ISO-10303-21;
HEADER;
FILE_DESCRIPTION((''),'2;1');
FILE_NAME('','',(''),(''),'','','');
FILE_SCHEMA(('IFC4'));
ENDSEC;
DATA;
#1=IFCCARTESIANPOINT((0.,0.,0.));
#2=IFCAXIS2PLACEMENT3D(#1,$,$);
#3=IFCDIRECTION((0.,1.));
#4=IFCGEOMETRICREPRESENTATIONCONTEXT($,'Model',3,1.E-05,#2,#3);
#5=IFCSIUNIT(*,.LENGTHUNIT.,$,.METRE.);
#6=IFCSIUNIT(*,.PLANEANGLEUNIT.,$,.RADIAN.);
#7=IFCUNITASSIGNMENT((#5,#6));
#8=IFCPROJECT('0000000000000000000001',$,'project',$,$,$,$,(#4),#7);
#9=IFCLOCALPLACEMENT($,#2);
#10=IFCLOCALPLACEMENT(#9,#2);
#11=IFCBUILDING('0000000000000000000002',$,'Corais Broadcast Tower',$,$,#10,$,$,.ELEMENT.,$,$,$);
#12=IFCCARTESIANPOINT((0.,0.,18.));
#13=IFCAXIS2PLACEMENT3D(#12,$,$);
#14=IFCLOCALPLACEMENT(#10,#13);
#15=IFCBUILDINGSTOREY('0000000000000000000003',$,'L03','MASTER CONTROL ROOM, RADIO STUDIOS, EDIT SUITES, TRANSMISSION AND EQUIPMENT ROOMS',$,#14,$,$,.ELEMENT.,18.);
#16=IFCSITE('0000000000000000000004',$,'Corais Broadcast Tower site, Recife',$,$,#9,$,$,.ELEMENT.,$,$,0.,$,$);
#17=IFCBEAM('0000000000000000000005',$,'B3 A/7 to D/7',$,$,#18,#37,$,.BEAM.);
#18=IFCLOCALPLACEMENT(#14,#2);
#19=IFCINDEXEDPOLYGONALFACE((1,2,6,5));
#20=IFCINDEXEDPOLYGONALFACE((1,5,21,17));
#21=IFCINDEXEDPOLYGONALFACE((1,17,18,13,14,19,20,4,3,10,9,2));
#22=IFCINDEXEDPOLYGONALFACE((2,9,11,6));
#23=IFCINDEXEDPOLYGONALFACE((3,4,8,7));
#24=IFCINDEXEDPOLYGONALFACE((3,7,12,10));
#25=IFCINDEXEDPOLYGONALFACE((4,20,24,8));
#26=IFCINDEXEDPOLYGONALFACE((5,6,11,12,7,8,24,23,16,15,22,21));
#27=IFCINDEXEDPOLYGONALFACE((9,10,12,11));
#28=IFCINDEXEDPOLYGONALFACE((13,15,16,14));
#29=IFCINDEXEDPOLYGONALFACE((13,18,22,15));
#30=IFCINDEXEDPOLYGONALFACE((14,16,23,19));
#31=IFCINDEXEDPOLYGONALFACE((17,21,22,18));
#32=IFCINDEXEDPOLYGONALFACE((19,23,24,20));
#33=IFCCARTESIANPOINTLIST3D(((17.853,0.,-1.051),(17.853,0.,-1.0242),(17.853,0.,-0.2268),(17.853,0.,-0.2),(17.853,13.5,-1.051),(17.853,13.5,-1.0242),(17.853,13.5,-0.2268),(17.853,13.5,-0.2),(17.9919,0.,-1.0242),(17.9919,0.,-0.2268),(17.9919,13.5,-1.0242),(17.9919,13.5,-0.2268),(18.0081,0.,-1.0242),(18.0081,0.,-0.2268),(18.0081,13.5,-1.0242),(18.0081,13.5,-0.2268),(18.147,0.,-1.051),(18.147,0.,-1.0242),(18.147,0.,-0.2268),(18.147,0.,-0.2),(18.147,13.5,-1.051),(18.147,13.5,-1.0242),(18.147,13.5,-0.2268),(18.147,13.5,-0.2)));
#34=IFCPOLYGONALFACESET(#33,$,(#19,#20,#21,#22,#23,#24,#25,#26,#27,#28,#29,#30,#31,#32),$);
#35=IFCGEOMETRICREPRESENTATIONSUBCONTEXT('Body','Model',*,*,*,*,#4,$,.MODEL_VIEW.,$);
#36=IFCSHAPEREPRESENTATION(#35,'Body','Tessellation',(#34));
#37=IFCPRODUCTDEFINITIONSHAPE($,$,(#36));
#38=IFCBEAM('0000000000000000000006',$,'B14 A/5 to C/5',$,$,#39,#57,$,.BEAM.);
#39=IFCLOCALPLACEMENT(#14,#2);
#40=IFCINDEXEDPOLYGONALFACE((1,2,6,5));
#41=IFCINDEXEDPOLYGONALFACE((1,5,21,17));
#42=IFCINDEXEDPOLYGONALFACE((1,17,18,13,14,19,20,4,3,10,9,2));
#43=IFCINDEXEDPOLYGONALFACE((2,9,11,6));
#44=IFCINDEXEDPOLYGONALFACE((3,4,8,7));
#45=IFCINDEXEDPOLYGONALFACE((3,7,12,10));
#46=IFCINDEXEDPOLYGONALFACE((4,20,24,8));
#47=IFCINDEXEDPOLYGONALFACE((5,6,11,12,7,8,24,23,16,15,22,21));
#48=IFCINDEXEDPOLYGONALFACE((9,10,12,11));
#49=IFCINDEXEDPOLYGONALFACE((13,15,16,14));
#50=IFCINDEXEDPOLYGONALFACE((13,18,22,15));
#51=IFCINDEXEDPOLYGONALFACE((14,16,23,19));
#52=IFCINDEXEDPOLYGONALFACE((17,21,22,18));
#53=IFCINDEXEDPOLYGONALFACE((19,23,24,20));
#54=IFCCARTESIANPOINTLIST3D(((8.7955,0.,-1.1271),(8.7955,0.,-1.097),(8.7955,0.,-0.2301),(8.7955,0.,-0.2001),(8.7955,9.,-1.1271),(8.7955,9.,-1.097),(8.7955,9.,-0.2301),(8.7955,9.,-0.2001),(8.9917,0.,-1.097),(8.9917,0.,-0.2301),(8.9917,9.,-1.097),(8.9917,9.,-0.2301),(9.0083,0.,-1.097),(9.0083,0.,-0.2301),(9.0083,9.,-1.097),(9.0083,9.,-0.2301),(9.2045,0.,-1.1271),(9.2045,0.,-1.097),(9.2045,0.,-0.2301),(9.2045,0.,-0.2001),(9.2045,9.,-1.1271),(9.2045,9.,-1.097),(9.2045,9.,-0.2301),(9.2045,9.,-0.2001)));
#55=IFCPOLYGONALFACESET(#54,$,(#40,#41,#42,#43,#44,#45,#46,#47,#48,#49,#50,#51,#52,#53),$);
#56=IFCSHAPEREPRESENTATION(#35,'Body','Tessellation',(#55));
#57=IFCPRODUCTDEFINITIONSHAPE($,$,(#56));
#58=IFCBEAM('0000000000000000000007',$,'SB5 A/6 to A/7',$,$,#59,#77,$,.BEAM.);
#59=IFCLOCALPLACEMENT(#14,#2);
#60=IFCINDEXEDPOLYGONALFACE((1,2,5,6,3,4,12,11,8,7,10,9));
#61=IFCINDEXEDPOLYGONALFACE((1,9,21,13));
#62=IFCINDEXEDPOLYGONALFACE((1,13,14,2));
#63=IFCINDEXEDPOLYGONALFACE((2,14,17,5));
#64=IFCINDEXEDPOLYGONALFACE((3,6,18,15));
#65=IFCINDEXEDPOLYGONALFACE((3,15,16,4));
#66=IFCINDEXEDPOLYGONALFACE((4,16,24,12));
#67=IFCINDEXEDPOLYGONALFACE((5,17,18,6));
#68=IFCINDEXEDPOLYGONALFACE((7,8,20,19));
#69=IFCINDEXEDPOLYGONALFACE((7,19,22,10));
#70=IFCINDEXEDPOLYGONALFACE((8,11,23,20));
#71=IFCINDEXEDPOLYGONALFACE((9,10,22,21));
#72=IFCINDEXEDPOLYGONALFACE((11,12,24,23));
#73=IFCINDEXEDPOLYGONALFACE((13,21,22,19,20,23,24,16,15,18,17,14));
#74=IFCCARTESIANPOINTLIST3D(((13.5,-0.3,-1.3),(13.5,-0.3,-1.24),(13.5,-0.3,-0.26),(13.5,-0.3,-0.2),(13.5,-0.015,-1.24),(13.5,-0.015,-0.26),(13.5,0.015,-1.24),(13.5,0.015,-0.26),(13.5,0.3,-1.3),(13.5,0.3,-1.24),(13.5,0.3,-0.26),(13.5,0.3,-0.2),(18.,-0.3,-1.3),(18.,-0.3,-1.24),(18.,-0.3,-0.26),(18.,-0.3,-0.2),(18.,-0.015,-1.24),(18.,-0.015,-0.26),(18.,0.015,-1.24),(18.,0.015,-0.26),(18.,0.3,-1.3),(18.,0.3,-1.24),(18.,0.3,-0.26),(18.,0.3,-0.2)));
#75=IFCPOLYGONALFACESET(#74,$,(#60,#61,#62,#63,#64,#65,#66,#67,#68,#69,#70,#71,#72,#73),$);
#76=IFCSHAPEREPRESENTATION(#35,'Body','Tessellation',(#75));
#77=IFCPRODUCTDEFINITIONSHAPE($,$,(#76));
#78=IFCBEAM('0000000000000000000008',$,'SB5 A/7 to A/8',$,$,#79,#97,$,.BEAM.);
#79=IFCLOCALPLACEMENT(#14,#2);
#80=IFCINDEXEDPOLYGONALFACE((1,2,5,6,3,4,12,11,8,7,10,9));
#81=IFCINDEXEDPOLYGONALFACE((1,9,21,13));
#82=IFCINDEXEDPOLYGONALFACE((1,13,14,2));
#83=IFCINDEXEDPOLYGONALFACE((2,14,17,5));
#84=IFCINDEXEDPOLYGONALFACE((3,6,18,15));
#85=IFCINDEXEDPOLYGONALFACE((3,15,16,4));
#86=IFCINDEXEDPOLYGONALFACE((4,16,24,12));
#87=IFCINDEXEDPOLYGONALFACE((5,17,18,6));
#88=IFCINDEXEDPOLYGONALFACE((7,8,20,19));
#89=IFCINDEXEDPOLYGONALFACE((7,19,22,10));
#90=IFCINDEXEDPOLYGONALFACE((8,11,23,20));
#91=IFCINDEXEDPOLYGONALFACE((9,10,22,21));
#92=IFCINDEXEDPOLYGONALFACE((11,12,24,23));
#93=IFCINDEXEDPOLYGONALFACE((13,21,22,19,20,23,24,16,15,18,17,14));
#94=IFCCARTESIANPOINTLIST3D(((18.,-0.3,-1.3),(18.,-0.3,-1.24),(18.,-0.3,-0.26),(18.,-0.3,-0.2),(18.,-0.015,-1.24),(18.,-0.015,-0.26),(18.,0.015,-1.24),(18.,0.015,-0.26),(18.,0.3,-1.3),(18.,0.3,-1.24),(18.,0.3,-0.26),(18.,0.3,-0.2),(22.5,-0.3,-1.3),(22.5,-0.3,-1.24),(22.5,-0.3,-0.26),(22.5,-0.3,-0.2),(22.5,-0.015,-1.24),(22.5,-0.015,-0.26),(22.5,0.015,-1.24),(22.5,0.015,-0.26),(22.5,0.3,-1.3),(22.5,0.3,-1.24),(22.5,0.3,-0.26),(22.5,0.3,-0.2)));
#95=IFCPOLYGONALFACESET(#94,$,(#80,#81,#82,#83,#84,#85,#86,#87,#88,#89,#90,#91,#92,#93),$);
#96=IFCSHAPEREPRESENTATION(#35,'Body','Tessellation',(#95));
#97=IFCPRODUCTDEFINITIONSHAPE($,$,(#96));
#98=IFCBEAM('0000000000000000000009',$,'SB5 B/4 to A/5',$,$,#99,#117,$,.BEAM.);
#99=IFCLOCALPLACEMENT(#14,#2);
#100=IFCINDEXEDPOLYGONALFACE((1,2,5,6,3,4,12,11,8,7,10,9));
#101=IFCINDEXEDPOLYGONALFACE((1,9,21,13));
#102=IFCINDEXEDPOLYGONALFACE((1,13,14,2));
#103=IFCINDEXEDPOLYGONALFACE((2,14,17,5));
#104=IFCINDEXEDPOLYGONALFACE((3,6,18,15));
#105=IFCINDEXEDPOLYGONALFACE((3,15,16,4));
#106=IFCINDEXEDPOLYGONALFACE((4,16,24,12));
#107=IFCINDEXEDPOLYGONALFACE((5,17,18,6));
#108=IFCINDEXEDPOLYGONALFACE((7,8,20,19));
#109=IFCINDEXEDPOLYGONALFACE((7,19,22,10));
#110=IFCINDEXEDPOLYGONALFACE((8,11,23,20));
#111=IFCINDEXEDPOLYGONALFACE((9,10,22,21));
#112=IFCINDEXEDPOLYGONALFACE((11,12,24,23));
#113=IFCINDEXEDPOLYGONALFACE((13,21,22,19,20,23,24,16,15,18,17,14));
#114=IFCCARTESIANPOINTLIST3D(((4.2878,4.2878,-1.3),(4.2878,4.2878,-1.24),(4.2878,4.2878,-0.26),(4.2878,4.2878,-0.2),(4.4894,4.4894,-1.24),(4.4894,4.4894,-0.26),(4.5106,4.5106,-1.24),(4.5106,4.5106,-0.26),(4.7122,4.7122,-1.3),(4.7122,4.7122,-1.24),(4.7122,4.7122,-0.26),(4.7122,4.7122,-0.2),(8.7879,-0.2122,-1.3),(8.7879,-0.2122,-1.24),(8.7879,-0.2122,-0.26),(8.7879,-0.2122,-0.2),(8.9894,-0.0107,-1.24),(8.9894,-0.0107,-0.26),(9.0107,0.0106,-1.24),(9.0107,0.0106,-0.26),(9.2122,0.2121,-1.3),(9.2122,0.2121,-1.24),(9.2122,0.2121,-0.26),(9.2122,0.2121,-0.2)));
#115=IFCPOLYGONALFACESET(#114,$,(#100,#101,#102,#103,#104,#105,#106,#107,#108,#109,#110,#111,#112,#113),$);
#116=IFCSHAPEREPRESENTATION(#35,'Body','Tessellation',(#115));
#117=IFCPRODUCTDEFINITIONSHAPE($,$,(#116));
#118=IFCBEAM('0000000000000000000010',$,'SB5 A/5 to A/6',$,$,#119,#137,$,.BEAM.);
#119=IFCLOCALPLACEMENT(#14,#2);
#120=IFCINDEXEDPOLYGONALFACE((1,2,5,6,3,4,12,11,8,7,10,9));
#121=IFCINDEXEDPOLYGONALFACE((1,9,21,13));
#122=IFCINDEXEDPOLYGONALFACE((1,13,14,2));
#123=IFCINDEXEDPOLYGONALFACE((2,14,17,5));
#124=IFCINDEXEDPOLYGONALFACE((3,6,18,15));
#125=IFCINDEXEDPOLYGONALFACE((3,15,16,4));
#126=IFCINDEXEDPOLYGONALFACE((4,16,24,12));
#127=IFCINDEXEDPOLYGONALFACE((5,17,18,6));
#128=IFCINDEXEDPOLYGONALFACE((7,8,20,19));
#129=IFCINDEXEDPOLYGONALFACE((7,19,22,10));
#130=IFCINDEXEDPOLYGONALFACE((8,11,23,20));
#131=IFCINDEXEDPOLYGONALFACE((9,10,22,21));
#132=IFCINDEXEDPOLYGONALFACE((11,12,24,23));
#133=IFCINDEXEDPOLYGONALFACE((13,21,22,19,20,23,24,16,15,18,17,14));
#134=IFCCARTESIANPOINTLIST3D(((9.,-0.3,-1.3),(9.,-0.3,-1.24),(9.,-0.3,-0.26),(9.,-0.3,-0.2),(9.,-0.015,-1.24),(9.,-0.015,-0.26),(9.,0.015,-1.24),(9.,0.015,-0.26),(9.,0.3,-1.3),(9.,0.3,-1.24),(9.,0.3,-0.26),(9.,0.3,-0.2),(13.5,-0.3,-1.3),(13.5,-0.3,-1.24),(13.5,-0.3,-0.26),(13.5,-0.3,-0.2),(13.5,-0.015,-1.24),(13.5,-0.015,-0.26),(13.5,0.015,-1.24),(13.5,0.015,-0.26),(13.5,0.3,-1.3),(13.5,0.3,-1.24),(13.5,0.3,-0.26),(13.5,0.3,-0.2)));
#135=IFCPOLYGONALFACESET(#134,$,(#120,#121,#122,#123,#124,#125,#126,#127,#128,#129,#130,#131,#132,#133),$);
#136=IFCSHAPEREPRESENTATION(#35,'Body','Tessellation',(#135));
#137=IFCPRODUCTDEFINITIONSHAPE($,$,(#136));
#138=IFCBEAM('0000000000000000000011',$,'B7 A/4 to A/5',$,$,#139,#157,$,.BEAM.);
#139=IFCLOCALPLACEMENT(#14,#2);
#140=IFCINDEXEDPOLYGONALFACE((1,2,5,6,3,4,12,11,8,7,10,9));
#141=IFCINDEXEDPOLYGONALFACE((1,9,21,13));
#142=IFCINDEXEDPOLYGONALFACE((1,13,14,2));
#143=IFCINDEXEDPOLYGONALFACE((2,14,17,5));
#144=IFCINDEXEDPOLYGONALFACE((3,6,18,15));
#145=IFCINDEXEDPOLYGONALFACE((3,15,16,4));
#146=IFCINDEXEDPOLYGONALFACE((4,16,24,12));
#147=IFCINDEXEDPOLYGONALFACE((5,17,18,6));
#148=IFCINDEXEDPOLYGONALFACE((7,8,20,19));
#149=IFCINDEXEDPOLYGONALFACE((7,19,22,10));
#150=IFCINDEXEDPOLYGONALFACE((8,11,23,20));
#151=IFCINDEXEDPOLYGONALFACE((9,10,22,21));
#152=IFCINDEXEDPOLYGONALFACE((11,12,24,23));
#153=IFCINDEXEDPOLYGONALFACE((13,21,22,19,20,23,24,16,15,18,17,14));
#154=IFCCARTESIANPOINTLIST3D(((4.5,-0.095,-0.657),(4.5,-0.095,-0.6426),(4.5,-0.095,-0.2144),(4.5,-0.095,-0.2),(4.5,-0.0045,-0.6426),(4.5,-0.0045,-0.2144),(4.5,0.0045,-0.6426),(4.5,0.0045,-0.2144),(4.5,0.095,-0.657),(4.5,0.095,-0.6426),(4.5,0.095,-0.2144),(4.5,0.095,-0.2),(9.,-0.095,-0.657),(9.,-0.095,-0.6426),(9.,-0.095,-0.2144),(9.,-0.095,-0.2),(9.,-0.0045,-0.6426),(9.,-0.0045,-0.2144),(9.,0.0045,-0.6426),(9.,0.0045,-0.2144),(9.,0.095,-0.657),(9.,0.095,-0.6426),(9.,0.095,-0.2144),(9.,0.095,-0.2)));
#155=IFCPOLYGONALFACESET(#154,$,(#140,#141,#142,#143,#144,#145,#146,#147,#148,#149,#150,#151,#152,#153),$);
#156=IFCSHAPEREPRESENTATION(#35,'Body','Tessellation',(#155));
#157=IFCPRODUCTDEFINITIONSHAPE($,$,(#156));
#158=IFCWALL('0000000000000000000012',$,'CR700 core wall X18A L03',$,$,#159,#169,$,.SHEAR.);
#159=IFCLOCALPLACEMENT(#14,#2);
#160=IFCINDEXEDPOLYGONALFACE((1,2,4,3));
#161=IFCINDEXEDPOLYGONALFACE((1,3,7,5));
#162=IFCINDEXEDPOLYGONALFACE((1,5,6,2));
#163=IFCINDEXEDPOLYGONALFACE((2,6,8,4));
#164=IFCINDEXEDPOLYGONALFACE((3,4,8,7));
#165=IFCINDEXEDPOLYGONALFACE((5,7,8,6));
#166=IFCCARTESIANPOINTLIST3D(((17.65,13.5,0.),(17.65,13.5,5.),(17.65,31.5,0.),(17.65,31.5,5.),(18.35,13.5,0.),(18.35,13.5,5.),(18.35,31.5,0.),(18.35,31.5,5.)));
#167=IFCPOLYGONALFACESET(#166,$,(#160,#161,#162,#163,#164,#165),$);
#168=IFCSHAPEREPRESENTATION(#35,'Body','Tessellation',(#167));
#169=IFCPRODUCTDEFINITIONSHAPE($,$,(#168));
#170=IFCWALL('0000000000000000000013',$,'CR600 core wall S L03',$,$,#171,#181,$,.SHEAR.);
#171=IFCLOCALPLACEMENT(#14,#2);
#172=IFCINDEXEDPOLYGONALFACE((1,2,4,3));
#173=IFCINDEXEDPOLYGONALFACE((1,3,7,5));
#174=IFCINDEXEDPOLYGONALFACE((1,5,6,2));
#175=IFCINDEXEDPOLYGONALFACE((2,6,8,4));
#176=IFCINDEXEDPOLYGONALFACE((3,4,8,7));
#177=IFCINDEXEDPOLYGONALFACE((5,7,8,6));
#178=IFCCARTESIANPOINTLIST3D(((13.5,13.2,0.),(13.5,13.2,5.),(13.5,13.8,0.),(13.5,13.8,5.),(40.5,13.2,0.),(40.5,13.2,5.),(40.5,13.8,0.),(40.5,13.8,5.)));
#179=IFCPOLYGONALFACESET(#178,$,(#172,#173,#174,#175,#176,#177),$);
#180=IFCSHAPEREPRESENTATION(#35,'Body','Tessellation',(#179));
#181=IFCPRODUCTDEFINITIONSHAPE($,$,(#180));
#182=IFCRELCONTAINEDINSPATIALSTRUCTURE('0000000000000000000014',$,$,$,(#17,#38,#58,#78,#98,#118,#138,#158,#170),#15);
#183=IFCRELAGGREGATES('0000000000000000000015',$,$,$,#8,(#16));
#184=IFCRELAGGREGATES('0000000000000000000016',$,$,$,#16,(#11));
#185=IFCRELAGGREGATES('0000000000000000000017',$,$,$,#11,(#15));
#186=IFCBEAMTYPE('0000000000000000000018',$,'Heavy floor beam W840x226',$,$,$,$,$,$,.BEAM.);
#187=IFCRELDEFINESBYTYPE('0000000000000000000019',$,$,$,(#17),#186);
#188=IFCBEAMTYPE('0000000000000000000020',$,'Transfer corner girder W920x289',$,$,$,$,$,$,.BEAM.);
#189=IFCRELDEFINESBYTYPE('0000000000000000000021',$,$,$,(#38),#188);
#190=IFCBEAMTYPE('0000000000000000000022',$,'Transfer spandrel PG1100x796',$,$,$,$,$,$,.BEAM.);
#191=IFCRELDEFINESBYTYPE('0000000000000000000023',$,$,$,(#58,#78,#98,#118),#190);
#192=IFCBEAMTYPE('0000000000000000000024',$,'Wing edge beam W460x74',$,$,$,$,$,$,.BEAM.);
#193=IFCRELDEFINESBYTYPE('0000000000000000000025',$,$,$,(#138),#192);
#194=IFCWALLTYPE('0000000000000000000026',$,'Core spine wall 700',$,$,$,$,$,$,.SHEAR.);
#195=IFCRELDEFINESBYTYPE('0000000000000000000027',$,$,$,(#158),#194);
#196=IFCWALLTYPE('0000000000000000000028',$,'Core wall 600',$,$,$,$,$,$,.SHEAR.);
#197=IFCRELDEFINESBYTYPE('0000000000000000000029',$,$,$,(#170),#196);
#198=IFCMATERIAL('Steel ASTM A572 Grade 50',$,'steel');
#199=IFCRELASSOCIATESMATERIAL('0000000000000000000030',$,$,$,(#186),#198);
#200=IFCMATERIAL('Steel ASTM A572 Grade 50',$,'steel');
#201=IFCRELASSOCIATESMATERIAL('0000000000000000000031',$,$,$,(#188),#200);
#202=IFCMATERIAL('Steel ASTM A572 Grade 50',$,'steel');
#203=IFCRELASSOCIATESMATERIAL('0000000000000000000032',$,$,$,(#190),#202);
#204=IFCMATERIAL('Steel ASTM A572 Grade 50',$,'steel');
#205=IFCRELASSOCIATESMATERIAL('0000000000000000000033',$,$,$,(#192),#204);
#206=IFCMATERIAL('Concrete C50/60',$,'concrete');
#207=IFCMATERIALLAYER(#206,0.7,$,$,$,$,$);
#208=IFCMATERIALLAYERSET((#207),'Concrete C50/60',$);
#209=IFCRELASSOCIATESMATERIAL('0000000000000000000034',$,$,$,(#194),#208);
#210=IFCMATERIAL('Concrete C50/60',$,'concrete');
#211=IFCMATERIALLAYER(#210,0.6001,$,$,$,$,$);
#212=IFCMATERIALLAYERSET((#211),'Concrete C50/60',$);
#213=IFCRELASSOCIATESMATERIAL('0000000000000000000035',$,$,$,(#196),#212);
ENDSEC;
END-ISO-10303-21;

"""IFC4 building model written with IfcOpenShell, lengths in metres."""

from ifc_helpers import new_model, si_unit, direction, frame, frame_2d, origin, origin_2d, place, context, subcontext, project, spatial, rectangle, i_section, extrude, material, layer, layer_set, material_profile, profile_set, type_object, element, save


model = new_model("IFC4")

# Units and contexts
model_context = context("Model", 3, precision=1e-05, world=origin(), true_north=direction((0.0, 1.0)))
body_context = subcontext(model_context, "Body", "Model", "MODEL_VIEW")
ifc_project = project(units=[si_unit("LENGTHUNIT", "METRE"), si_unit("PLANEANGLEUNIT", "RADIAN")], contexts=[model_context])

# Site, building, storey
site_placement = place(None, origin())
site = spatial("IfcSite", under=ifc_project, at=site_placement, Name="Corais Broadcast Tower site, Recife", CompositionType="ELEMENT", RefElevation=0.0)
building_placement = place(site_placement, origin())
building = spatial("IfcBuilding", under=site, at=building_placement, Name="Corais Broadcast Tower", CompositionType="ELEMENT")
storey_placement = place(building_placement, frame((0.0, 0.0, 18.0)))
storey = spatial("IfcBuildingStorey", under=building, at=storey_placement, Name="L03", Description="MASTER CONTROL ROOM, RADIO STUDIOS, EDIT SUITES, TRANSMISSION AND EQUIPMENT ROOMS", CompositionType="ELEMENT", Elevation=18.0)

# Beams
ifc_material_1 = material(Name="Steel ASTM A572 Grade 50", Category="steel")
ifc_material_profile_1 = material_profile(ifc_material_1, i_section(OverallWidth=0.2939, OverallDepth=0.8511, WebThickness=0.0161, FlangeThickness=0.0269, at=origin_2d()), Name="W840x226")
ifc_profile_set_1 = profile_set([ifc_material_profile_1], Name="Steel ASTM A572 Grade 50")
beam_type_1 = type_object("IfcBeamType", Name="Heavy floor beam W840x226", PredefinedType="BEAM", material=ifc_profile_set_1)
for number, where, z_axis, x_axis, name in (
    (1, (18.0, 0.0, -0.6255), (0.0, 1.0, 0.0), (-1.0, 0.0, 0.0), "B3 A/7 to D/7"),
):
    element("IfcBeam", number, at=place(storey_placement, frame(where, z_axis=z_axis, x_axis=x_axis)), inside=storey, type_object=beam_type_1, Name=name, PredefinedType="BEAM", context=body_context, shape_type="SweptSolid", body=[
        extrude(i_section(OverallWidth=0.2939, OverallDepth=0.8511, WebThickness=0.0161, FlangeThickness=0.0269, at=origin_2d()), origin(), (0.0, 0.0, 1.0), 13.5),
    ])
ifc_material_2 = material(Name="Steel ASTM A572 Grade 50", Category="steel")
ifc_material_profile_2 = material_profile(ifc_material_2, i_section(OverallWidth=0.4089, OverallDepth=0.927, WebThickness=0.0166, FlangeThickness=0.03, at=origin_2d()), Name="W920x289")
ifc_profile_set_2 = profile_set([ifc_material_profile_2], Name="Steel ASTM A572 Grade 50")
beam_type_2 = type_object("IfcBeamType", Name="Transfer corner girder W920x289", PredefinedType="BEAM", material=ifc_profile_set_2)
beam_1_placement = place(storey_placement, frame((9.0, 0.0, -0.6636), z_axis=(0.0, 1.0, 0.0), x_axis=(-1.0, 0.0, 0.0)))
element("IfcBeam", 2, at=beam_1_placement, inside=storey, type_object=beam_type_2, Name="B14 A/5 to C/5", PredefinedType="BEAM", context=body_context, shape_type="SweptSolid", body=[
    extrude(i_section(OverallWidth=0.4089, OverallDepth=0.927, WebThickness=0.0166, FlangeThickness=0.03, at=origin_2d()), origin(), (0.0, 0.0, 1.0), 9.0),
])
ifc_material_3 = material(Name="Steel ASTM A572 Grade 50", Category="steel")
ifc_material_profile_3 = material_profile(ifc_material_3, i_section(OverallWidth=0.6001, OverallDepth=1.1001, WebThickness=0.03, FlangeThickness=0.0601, at=origin_2d()), Name="PG1100x796")
ifc_profile_set_3 = profile_set([ifc_material_profile_3], Name="Steel ASTM A572 Grade 50")
beam_type_3 = type_object("IfcBeamType", Name="Transfer spandrel PG1100x796", PredefinedType="BEAM", material=ifc_profile_set_3)
for number, where, z_axis, x_axis, name in (
    (3, (13.5, 0.0, -0.75), (1.0, 0.0, 0.0), (0.0, 1.0, 0.0), "SB5 A/6 to A/7"),
    (4, (18.0, 0.0, -0.75), (1.0, 0.0, 0.0), (0.0, 1.0, 0.0), "SB5 A/7 to A/8"),
):
    element("IfcBeam", number, at=place(storey_placement, frame(where, z_axis=z_axis, x_axis=x_axis)), inside=storey, type_object=beam_type_3, Name=name, PredefinedType="BEAM", context=body_context, shape_type="SweptSolid", body=[
        extrude(i_section(OverallWidth=0.6001, OverallDepth=1.1001, WebThickness=0.03, FlangeThickness=0.0601, at=origin_2d()), origin(), (0.0, 0.0, 1.0), 4.5),
    ])
beam_2_placement = place(storey_placement, frame((4.5, 4.5, -0.75), z_axis=(0.707107, -0.707107, 0.0), x_axis=(0.707107, 0.707107, 0.0)))
element("IfcBeam", 5, at=beam_2_placement, inside=storey, type_object=beam_type_3, Name="SB5 B/4 to A/5", PredefinedType="BEAM", context=body_context, shape_type="SweptSolid", body=[
    extrude(i_section(OverallWidth=0.6001, OverallDepth=1.1001, WebThickness=0.03, FlangeThickness=0.0601, at=origin_2d()), origin(), (0.0, 0.0, 1.0), 6.364),
])
beam_3_placement = place(storey_placement, frame((9.0, 0.0, -0.75), z_axis=(1.0, 0.0, 0.0), x_axis=(0.0, 1.0, 0.0)))
element("IfcBeam", 6, at=beam_3_placement, inside=storey, type_object=beam_type_3, Name="SB5 A/5 to A/6", PredefinedType="BEAM", context=body_context, shape_type="SweptSolid", body=[
    extrude(i_section(OverallWidth=0.6001, OverallDepth=1.1001, WebThickness=0.03, FlangeThickness=0.0601, at=origin_2d()), origin(), (0.0, 0.0, 1.0), 4.5),
])
ifc_material_4 = material(Name="Steel ASTM A572 Grade 50", Category="steel")
ifc_material_profile_4 = material_profile(ifc_material_4, i_section(OverallWidth=0.1899, OverallDepth=0.457, WebThickness=0.009, FlangeThickness=0.0144, at=origin_2d()), Name="W460x74")
ifc_profile_set_4 = profile_set([ifc_material_profile_4], Name="Steel ASTM A572 Grade 50")
beam_type_4 = type_object("IfcBeamType", Name="Wing edge beam W460x74", PredefinedType="BEAM", material=ifc_profile_set_4)
beam_4_placement = place(storey_placement, frame((4.5, 0.0, -0.4285), z_axis=(1.0, 0.0, 0.0), x_axis=(0.0, 1.0, 0.0)))
element("IfcBeam", 7, at=beam_4_placement, inside=storey, type_object=beam_type_4, Name="B7 A/4 to A/5", PredefinedType="BEAM", context=body_context, shape_type="SweptSolid", body=[
    extrude(i_section(OverallWidth=0.1899, OverallDepth=0.457, WebThickness=0.009, FlangeThickness=0.0144, at=origin_2d()), origin(), (0.0, 0.0, 1.0), 4.5),
])

# Walls
ifc_material_5 = material(Name="Concrete C50/60", Category="concrete")
ifc_layer_1 = layer(ifc_material_5, 0.7)
ifc_layer_set_1 = layer_set([ifc_layer_1], Name="Concrete C50/60")
wall_type_1 = type_object("IfcWallType", Name="Core spine wall 700", PredefinedType="SHEAR", material=ifc_layer_set_1)
wall_1_placement = place(storey_placement, frame((18.0, 13.5, 0.0), z_axis=(0.0, 0.0, 1.0), x_axis=(0.0, 1.0, 0.0)))
element("IfcWall", 8, at=wall_1_placement, inside=storey, type_object=wall_type_1, Name="CR700 core wall X18A L03", PredefinedType="SHEAR", context=body_context, shape_type="SweptSolid", body=[
    extrude(rectangle(XDim=18.0, YDim=0.7, at=frame_2d((9.0, 0.0))), origin(), (0.0, 0.0, 1.0), 5.0),
])
ifc_material_6 = material(Name="Concrete C50/60", Category="concrete")
ifc_layer_2 = layer(ifc_material_6, 0.6001)
ifc_layer_set_2 = layer_set([ifc_layer_2], Name="Concrete C50/60")
wall_type_2 = type_object("IfcWallType", Name="Core wall 600", PredefinedType="SHEAR", material=ifc_layer_set_2)
wall_2_placement = place(storey_placement, frame((13.5, 13.5, 0.0), z_axis=(0.0, 0.0, 1.0), x_axis=(1.0, 0.0, 0.0)))
element("IfcWall", 9, at=wall_2_placement, inside=storey, type_object=wall_type_2, Name="CR600 core wall S L03", PredefinedType="SHEAR", context=body_context, shape_type="SweptSolid", body=[
    extrude(rectangle(XDim=27.0, YDim=0.6001, at=frame_2d((13.5, 0.0))), origin(), (0.0, 0.0, 1.0), 5.0),
])

save(model, "model.ifc")
